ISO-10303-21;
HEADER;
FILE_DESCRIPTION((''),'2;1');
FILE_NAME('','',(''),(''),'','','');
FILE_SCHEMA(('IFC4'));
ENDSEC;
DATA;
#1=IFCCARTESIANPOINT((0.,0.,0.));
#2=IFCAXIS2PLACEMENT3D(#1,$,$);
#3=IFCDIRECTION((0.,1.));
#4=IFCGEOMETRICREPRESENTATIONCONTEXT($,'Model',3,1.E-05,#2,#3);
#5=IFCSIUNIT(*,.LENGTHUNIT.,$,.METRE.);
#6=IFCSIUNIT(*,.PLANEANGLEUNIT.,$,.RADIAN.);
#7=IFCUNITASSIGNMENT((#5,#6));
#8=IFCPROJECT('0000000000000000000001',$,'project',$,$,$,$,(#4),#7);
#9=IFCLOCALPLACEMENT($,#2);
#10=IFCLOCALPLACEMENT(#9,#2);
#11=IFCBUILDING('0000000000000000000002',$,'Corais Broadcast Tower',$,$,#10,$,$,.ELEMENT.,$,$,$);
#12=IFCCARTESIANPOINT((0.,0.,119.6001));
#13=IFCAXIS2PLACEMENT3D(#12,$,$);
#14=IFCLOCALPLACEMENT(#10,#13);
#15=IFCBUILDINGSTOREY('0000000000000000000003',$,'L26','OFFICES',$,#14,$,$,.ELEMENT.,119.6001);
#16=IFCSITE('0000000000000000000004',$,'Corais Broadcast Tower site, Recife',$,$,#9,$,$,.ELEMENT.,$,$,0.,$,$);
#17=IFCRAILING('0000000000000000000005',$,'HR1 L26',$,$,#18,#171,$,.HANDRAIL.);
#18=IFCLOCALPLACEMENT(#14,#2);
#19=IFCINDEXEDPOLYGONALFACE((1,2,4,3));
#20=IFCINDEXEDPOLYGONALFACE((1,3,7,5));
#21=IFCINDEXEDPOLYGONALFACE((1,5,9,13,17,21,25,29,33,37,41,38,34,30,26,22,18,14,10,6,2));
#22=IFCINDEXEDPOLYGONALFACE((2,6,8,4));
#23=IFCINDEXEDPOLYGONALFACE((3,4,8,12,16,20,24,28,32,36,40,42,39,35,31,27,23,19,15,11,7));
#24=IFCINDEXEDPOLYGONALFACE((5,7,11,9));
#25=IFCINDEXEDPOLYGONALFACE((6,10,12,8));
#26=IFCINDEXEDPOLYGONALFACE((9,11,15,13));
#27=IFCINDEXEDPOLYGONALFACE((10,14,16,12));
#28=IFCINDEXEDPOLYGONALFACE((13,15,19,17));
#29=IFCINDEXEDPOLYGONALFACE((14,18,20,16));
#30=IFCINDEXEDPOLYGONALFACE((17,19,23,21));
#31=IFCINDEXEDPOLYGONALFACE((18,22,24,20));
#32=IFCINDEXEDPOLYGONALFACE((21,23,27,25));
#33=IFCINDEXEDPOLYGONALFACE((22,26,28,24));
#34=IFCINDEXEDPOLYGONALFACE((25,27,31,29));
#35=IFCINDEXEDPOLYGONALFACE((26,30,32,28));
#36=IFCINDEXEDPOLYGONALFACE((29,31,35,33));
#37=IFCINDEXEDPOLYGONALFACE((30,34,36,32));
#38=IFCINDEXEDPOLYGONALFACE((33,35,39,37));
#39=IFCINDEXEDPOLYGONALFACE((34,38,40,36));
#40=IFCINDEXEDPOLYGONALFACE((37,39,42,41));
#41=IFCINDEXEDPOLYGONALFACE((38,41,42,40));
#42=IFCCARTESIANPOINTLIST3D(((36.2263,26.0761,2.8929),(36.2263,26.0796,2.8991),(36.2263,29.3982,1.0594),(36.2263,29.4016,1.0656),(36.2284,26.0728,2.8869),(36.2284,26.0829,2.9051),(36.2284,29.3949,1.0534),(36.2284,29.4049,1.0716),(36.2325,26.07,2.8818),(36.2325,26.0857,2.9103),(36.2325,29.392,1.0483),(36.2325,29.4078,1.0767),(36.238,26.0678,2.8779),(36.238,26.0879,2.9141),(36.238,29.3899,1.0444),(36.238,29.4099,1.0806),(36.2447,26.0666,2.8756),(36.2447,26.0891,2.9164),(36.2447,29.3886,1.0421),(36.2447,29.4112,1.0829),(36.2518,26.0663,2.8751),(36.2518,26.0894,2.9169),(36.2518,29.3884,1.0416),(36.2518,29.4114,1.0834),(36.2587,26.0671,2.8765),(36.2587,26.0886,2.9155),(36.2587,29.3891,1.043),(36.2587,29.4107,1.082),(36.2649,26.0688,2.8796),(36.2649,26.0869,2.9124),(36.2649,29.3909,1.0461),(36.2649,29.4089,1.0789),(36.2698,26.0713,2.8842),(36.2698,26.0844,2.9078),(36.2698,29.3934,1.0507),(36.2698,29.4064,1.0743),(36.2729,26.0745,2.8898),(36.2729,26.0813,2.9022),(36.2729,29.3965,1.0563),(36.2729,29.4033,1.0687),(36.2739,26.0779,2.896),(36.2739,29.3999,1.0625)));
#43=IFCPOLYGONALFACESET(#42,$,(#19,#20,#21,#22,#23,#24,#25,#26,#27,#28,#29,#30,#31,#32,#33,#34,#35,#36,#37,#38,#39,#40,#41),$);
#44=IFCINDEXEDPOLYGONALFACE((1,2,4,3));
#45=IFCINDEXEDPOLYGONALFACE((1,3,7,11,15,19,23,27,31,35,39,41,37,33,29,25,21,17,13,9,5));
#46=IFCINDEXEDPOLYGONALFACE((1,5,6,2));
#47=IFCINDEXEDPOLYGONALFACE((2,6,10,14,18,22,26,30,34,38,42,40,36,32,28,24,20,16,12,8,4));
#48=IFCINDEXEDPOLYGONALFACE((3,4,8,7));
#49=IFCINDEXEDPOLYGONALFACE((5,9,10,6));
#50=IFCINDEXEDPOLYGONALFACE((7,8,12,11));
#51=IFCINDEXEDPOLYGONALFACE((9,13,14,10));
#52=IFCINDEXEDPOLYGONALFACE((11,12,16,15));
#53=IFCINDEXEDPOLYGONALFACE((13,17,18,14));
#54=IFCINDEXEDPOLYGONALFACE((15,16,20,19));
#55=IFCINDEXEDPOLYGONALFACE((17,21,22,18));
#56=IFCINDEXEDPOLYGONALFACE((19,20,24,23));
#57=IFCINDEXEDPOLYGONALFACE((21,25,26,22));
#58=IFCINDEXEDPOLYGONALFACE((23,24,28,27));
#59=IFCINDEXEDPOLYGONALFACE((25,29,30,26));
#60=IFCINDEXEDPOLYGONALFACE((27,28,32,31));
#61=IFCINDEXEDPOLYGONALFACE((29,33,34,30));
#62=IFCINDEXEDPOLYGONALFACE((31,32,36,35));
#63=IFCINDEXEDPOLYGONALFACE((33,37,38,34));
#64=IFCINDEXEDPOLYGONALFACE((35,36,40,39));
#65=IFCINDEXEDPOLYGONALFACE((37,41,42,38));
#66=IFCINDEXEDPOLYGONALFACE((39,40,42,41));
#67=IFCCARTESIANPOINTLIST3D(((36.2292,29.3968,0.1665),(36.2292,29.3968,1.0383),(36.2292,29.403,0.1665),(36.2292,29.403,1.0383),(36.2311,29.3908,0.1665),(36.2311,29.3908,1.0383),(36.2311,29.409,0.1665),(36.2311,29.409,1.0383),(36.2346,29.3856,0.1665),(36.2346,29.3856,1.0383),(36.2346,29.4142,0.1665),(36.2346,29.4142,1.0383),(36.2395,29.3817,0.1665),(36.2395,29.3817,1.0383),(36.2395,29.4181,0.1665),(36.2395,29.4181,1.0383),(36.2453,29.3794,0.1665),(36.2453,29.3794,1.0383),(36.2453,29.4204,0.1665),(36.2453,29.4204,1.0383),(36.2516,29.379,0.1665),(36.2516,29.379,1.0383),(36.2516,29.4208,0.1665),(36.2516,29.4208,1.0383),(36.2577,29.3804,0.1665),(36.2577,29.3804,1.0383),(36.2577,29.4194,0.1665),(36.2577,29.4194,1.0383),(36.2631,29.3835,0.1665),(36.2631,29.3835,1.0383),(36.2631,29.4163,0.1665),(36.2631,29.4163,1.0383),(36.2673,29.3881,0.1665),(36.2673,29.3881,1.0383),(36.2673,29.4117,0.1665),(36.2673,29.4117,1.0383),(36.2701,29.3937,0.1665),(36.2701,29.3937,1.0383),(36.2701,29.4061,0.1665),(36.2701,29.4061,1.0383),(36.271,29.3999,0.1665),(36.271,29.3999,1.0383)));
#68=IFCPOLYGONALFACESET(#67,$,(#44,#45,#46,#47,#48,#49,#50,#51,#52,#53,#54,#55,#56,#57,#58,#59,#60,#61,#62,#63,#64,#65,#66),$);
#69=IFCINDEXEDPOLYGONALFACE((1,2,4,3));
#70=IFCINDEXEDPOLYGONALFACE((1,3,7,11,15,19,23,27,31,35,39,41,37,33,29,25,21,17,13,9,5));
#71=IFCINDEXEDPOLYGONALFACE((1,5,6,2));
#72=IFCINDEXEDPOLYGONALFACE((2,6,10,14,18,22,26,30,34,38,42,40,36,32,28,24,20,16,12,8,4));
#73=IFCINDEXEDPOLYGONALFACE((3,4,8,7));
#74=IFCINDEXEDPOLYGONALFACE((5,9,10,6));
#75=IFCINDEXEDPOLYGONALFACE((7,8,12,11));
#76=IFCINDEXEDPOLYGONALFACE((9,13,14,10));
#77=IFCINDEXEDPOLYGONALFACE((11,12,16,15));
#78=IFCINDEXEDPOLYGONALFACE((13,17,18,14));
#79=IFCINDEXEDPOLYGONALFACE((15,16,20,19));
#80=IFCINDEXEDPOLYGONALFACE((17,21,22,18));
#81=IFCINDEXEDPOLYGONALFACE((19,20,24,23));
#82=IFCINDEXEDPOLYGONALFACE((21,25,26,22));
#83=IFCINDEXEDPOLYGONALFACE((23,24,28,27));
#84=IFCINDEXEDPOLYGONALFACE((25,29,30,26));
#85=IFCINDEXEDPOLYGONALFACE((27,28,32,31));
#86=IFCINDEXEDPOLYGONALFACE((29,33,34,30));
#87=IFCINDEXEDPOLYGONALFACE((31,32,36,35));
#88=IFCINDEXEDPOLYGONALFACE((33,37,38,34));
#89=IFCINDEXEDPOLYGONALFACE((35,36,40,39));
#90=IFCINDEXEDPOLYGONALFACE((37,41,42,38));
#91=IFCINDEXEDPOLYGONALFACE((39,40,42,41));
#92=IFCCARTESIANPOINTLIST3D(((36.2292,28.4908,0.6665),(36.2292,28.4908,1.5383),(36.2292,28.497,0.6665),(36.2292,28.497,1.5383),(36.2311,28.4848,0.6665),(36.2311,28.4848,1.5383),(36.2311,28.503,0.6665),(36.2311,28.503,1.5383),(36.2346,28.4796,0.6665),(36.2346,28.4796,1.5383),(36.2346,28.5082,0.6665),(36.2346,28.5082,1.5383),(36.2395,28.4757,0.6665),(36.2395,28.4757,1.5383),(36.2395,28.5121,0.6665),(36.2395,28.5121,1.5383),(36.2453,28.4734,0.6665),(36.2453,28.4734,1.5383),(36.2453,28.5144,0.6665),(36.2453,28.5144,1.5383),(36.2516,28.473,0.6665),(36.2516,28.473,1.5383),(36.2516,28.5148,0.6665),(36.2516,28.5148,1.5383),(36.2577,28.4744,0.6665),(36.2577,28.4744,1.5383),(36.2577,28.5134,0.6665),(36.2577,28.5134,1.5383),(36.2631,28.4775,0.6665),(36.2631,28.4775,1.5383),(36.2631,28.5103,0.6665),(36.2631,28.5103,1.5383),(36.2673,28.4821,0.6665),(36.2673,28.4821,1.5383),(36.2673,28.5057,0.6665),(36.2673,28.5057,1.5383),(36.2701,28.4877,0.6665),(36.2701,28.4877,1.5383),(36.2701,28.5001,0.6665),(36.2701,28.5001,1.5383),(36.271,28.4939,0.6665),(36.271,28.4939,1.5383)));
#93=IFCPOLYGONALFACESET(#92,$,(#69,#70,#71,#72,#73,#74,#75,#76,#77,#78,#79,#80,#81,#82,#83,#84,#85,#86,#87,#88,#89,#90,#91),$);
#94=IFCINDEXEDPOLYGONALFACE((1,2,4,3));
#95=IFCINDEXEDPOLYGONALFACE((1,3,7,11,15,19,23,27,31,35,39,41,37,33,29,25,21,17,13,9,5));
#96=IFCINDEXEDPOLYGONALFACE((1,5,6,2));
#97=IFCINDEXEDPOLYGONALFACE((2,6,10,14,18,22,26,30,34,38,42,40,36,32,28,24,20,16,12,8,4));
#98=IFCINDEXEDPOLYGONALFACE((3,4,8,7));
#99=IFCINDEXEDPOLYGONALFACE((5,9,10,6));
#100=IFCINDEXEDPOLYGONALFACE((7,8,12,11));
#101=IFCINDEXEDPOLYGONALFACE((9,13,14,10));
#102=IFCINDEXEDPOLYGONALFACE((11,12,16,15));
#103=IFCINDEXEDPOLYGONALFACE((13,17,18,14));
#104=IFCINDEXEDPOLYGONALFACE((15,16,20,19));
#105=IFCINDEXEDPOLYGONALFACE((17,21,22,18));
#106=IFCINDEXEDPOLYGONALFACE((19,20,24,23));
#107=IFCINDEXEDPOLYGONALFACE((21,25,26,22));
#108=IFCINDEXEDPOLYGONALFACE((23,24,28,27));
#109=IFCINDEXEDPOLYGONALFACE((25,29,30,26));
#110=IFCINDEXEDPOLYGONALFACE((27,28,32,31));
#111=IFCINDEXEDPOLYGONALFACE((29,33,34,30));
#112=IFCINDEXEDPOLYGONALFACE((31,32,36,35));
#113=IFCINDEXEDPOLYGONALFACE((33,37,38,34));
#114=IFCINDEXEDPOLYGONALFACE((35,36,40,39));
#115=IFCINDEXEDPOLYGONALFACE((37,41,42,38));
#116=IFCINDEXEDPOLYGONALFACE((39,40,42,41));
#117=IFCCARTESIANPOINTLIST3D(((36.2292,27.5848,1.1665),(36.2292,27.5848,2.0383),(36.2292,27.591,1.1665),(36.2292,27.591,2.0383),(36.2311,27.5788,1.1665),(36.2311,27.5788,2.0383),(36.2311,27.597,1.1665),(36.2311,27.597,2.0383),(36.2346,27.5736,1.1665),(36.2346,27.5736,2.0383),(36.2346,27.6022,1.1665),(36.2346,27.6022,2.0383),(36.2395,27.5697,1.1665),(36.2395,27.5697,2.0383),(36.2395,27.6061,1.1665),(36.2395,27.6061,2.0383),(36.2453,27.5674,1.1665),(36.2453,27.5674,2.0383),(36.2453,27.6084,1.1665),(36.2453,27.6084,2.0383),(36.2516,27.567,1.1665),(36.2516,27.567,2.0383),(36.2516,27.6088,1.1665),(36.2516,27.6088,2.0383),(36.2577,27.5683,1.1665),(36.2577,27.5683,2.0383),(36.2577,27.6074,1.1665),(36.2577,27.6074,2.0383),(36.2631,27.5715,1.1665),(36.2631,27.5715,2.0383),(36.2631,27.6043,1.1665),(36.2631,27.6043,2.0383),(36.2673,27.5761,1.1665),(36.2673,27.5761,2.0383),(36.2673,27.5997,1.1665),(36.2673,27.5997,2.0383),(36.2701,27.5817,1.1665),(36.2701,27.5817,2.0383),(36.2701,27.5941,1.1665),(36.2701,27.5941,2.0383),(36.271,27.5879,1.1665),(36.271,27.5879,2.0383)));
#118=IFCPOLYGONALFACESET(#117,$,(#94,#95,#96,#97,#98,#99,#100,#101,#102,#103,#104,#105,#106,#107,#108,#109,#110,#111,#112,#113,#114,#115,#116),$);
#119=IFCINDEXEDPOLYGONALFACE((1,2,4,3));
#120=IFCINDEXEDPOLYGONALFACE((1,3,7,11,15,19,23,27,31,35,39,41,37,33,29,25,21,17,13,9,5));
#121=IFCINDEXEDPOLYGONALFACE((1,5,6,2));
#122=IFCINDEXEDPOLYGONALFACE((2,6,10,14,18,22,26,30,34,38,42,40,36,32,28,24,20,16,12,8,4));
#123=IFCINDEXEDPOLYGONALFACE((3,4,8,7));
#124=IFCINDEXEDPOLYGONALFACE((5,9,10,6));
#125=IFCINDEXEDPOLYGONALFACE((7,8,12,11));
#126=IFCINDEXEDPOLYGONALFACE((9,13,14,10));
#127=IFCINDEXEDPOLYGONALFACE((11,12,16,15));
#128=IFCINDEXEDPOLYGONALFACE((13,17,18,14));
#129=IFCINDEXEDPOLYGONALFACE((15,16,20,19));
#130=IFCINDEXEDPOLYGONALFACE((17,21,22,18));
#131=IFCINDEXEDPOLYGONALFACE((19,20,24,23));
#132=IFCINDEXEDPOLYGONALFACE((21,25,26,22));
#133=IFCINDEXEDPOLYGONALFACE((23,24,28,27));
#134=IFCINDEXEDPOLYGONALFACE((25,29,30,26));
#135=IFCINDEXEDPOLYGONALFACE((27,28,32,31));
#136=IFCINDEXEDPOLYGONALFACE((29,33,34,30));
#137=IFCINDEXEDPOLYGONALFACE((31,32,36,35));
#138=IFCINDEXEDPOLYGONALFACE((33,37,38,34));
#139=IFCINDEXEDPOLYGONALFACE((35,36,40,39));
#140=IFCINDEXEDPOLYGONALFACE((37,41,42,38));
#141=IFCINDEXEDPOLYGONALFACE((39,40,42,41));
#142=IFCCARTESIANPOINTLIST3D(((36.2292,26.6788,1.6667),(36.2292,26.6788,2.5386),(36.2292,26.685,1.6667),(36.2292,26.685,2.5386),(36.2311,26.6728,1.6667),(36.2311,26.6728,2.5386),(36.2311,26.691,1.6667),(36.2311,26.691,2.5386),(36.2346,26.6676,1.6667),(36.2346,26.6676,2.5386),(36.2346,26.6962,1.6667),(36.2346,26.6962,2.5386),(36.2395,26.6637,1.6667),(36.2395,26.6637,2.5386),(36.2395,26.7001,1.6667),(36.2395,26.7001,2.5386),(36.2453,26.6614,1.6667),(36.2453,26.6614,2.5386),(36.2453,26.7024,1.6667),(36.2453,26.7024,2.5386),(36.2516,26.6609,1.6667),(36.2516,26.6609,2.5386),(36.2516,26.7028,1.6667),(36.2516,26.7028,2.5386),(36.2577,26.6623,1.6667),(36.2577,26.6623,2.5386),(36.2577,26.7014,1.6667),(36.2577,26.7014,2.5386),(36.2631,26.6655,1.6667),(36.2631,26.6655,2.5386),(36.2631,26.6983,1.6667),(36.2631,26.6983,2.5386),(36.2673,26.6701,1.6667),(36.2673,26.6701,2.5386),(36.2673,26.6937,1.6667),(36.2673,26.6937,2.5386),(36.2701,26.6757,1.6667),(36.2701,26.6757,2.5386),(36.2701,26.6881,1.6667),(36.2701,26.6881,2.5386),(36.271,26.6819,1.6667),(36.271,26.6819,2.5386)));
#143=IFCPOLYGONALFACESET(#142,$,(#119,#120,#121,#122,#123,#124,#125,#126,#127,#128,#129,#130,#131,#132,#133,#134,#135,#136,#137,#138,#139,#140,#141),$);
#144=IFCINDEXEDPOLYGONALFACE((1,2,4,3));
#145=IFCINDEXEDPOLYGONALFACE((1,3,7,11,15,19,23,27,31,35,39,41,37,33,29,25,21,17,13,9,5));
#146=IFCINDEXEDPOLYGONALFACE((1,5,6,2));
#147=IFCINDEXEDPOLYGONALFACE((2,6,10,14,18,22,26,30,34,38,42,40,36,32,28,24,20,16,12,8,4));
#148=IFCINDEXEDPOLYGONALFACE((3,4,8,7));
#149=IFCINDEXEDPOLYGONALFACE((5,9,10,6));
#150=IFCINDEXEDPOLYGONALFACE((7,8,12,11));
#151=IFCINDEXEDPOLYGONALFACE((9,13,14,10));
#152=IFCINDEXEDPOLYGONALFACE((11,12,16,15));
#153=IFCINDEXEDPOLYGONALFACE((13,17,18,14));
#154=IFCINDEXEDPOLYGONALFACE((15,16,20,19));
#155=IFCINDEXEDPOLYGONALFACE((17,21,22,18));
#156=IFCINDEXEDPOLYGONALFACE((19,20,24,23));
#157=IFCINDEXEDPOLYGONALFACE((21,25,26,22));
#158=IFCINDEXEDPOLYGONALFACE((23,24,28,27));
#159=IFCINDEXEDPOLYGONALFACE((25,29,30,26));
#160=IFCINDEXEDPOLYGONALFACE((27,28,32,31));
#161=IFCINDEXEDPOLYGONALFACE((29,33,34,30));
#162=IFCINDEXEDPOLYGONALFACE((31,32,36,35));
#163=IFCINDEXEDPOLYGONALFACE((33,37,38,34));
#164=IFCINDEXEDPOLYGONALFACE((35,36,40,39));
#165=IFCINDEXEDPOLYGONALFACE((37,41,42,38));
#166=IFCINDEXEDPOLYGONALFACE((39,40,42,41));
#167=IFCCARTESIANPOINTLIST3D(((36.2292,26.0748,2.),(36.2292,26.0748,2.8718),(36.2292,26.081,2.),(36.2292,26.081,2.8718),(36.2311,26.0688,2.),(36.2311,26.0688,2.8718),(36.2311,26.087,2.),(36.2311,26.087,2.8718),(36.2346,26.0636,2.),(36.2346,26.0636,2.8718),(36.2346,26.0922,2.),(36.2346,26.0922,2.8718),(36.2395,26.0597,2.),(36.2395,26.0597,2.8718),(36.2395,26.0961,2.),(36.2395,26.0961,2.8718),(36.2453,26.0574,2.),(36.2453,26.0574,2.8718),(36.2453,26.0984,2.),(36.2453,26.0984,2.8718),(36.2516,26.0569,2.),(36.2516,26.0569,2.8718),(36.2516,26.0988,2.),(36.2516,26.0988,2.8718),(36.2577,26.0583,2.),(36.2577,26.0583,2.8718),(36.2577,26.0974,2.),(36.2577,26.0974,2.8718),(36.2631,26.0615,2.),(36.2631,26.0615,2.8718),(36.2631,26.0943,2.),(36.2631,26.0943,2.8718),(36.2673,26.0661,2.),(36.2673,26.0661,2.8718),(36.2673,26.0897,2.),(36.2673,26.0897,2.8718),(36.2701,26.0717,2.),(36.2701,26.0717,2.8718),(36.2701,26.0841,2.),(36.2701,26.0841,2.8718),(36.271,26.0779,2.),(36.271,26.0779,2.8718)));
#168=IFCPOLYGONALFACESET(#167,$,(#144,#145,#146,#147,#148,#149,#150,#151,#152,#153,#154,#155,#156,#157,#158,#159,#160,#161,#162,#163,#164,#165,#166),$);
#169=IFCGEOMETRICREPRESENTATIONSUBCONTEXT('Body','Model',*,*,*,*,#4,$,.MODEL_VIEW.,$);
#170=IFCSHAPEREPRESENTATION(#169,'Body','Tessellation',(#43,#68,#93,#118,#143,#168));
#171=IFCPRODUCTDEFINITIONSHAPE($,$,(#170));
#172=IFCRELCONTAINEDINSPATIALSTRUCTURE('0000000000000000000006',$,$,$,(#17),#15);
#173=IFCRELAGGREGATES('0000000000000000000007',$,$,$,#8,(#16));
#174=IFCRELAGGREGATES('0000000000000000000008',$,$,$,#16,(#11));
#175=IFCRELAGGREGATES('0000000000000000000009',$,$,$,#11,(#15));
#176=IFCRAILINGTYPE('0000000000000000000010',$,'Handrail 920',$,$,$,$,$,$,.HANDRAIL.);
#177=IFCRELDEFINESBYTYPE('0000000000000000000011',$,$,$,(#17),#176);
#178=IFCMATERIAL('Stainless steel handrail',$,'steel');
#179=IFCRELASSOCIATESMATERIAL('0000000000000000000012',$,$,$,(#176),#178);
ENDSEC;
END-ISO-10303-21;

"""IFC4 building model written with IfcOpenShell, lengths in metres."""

from ifc_helpers import new_model, si_unit, direction, frame, origin, origin_2d, place, context, subcontext, project, spatial, circle, extrude, material, type_object, element, save


model = new_model("IFC4")

# Units and contexts
model_context = context("Model", 3, precision=1e-05, world=origin(), true_north=direction((0.0, 1.0)))
body_context = subcontext(model_context, "Body", "Model", "MODEL_VIEW")
ifc_project = project(units=[si_unit("LENGTHUNIT", "METRE"), si_unit("PLANEANGLEUNIT", "RADIAN")], contexts=[model_context])

# Site, building, storey
site_placement = place(None, origin())
site = spatial("IfcSite", under=ifc_project, at=site_placement, Name="Corais Broadcast Tower site, Recife", CompositionType="ELEMENT", RefElevation=0.0)
building_placement = place(site_placement, origin())
building = spatial("IfcBuilding", under=site, at=building_placement, Name="Corais Broadcast Tower", CompositionType="ELEMENT")
storey_placement = place(building_placement, frame((0.0, 0.0, 119.6001)))
storey = spatial("IfcBuildingStorey", under=building, at=storey_placement, Name="L26", Description="OFFICES", CompositionType="ELEMENT", Elevation=119.6001)

# Railing
ifc_material_1 = material(Name="Stainless steel handrail", Category="steel")
railing_type = type_object("IfcRailingType", Name="Handrail 920", PredefinedType="HANDRAIL", material=ifc_material_1)
for number, where, name in (
    (1, (36.25, 29.3999, 0.1665), "HR1 L26"),
):
    element("IfcRailing", number, at=place(storey_placement, frame(where)), inside=storey, type_object=railing_type, Name=name, PredefinedType="HANDRAIL", context=body_context, shape_type="SweptSolid", body=[
        extrude(circle(Radius=0.0239, at=origin_2d()), frame((0.0, 0.0, 0.896), z_axis=(0.0, -0.875504, 0.48321), x_axis=(1.0, 0.0, 0.0)), (0.0, 0.0, 1.0), 3.7944),
        extrude(circle(Radius=0.021, at=origin_2d()), origin(), (0.0, 0.0, 1.0), 0.8718),
        extrude(circle(Radius=0.021, at=origin_2d()), frame((0.0, -0.906, 0.5)), (0.0, 0.0, 1.0), 0.8718),
        extrude(circle(Radius=0.021, at=origin_2d()), frame((0.0, -1.812, 1.0)), (0.0, 0.0, 1.0), 0.8718),
        extrude(circle(Radius=0.021, at=origin_2d()), frame((0.0, -2.718, 1.5002)), (0.0, 0.0, 1.0), 0.8718),
        extrude(circle(Radius=0.021, at=origin_2d()), frame((0.0, -3.322, 1.8335)), (0.0, 0.0, 1.0), 0.8718),
    ])

save(model, "model.ifc")
